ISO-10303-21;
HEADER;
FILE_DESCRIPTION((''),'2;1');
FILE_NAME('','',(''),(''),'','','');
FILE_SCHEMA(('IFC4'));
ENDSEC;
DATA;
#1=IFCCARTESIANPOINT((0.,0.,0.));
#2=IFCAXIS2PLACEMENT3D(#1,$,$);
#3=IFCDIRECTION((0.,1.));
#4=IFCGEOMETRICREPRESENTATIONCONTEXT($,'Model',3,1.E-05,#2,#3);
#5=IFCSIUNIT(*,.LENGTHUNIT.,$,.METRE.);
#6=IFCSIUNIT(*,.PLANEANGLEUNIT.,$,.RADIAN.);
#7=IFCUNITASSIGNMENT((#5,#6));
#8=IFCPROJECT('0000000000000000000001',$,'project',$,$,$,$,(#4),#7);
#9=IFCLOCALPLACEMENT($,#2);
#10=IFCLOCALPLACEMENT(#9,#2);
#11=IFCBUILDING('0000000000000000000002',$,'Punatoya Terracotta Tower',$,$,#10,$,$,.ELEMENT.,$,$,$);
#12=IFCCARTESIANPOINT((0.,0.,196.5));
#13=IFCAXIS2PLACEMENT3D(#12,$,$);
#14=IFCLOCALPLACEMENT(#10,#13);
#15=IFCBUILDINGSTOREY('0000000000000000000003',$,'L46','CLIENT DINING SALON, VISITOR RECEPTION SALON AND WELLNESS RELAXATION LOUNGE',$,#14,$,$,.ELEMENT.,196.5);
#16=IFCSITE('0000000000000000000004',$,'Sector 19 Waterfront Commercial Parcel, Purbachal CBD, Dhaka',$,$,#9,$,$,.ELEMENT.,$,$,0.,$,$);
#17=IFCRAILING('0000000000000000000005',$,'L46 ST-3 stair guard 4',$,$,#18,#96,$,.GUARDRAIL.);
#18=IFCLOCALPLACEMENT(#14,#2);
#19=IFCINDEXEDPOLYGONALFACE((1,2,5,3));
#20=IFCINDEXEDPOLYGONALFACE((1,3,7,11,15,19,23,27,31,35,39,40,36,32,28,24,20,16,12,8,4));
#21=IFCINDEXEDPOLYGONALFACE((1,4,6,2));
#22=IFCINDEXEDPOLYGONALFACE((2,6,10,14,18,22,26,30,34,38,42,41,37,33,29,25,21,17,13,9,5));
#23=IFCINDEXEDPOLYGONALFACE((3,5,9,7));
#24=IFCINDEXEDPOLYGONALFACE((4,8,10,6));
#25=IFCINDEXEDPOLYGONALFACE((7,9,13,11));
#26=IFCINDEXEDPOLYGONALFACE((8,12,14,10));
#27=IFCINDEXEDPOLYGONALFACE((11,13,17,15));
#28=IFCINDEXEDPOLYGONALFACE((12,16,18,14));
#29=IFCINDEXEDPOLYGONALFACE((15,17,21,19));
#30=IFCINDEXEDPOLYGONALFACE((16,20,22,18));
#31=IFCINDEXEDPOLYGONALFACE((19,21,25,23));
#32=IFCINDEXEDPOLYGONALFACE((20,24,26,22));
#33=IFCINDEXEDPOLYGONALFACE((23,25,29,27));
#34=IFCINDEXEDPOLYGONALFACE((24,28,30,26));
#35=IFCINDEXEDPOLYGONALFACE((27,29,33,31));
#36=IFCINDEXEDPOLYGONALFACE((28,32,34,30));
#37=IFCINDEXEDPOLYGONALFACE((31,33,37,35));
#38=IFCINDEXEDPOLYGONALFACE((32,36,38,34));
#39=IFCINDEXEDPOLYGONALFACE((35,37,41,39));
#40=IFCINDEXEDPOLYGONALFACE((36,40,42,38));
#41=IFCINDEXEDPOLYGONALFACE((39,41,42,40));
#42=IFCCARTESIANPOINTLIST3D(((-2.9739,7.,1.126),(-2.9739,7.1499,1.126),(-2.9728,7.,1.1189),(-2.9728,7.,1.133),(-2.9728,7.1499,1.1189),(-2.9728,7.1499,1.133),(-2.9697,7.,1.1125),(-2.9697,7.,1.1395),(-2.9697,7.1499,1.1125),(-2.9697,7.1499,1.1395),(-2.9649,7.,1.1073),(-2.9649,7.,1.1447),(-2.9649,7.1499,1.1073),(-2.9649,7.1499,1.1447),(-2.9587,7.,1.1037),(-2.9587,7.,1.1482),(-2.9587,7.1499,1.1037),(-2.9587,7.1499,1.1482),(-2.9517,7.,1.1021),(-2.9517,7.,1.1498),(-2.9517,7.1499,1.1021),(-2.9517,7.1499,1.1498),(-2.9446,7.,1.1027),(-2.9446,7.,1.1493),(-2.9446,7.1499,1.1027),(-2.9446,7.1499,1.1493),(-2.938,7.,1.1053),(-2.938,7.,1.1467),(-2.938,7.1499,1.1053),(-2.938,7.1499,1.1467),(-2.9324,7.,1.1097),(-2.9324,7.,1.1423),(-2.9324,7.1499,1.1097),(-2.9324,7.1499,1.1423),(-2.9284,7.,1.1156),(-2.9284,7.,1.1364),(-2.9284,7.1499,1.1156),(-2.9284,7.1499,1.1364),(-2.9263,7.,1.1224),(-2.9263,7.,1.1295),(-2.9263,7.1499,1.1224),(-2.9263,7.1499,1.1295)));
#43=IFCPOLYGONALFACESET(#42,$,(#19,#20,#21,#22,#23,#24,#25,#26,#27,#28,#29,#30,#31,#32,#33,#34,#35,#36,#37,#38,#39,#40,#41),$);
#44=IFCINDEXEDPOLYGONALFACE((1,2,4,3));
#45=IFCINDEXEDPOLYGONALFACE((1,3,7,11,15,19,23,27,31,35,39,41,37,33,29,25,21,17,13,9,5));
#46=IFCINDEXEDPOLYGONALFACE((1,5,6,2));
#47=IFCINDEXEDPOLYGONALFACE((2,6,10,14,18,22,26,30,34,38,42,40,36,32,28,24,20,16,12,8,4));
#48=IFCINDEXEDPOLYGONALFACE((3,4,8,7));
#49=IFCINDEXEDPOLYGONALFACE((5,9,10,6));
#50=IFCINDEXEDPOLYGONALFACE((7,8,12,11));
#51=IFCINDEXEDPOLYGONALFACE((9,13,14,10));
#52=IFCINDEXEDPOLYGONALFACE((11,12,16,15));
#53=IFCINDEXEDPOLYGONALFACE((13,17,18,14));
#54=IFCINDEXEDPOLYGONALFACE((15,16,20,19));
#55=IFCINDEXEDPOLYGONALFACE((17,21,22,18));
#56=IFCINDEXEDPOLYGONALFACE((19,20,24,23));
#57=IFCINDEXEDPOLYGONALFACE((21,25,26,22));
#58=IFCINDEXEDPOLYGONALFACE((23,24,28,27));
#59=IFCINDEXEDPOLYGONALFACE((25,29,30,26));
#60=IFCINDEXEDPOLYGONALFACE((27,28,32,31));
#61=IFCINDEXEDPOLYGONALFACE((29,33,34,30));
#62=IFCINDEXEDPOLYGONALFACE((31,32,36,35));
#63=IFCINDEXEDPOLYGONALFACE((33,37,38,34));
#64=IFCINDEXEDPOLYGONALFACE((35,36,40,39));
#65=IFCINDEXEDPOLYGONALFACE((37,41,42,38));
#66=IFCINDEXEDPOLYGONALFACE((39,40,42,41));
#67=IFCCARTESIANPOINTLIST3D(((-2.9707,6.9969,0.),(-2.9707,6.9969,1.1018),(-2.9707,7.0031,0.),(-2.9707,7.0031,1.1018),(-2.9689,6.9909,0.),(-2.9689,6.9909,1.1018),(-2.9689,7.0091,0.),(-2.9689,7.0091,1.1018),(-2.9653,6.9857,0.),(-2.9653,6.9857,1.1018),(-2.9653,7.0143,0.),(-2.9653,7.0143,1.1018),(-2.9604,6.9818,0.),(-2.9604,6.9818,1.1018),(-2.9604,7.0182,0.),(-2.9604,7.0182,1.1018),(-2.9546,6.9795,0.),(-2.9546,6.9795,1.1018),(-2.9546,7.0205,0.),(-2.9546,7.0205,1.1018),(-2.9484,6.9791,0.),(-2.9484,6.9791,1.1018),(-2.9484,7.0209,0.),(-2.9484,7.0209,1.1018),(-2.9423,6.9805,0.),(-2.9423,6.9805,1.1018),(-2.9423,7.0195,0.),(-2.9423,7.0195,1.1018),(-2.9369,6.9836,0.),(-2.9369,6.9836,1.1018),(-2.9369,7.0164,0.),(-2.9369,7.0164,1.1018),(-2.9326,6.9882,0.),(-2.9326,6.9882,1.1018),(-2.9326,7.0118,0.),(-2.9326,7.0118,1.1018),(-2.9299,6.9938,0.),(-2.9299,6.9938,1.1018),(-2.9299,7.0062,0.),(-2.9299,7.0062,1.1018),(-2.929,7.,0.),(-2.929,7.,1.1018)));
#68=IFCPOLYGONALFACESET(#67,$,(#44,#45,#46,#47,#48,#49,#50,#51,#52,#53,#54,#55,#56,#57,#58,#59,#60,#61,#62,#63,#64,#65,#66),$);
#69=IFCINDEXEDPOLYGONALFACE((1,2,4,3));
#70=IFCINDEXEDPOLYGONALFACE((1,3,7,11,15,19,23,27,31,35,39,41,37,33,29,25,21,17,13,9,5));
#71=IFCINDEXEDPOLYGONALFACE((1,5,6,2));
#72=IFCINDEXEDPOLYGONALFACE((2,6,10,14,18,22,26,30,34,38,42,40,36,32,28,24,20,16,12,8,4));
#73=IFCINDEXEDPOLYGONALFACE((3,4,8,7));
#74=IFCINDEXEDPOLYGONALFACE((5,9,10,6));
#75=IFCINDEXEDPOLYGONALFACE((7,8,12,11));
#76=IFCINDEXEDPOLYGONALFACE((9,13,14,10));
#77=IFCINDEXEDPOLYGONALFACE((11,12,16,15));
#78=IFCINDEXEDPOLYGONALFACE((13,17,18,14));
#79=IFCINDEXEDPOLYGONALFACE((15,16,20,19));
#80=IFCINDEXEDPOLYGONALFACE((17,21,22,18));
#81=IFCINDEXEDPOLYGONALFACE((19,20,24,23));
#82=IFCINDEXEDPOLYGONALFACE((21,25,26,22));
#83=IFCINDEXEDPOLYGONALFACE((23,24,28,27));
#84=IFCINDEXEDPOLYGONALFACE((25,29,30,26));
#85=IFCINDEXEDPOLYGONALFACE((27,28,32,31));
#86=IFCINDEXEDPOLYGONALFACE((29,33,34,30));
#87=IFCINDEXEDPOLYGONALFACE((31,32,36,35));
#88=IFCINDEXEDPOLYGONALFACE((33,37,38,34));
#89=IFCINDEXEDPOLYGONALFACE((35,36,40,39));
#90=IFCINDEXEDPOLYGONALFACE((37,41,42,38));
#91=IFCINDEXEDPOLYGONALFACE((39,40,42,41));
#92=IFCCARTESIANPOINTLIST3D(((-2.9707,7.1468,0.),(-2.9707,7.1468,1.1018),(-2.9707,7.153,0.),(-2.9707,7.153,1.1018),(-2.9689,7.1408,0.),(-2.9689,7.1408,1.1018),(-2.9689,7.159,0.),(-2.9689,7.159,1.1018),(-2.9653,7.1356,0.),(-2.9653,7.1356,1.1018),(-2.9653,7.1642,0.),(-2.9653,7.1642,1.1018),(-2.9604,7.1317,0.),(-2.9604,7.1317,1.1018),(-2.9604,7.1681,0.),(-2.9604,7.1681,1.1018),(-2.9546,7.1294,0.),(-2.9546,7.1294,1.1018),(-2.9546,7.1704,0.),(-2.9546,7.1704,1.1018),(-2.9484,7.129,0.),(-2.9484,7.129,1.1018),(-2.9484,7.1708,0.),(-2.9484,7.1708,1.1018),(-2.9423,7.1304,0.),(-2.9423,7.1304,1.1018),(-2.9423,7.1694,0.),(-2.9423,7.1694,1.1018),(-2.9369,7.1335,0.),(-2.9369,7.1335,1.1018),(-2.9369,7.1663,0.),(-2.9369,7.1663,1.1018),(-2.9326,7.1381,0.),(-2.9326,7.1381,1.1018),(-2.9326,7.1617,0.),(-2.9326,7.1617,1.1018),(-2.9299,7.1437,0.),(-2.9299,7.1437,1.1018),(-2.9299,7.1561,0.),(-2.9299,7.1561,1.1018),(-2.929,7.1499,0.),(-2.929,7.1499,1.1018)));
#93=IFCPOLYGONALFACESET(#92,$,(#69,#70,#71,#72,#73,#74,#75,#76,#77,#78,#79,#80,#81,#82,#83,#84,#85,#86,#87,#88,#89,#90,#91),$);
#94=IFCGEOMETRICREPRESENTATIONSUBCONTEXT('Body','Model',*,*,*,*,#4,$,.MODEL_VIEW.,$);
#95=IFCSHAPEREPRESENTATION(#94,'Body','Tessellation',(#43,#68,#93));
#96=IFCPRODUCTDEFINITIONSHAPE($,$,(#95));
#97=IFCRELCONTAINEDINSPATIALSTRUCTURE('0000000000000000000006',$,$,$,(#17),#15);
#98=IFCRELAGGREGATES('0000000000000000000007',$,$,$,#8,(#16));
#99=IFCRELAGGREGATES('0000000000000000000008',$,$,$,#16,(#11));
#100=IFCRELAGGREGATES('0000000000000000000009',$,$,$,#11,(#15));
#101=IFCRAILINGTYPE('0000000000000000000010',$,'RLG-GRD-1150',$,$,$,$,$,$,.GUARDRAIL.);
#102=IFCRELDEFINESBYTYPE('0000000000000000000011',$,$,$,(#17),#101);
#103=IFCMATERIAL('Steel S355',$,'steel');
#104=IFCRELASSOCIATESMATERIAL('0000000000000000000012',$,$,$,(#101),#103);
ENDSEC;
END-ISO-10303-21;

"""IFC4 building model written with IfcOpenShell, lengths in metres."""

from ifc_helpers import new_model, si_unit, direction, frame, origin, origin_2d, place, context, subcontext, project, spatial, circle, extrude, material, type_object, element, save


model = new_model("IFC4")

# Units and contexts
model_context = context("Model", 3, precision=1e-05, world=origin(), true_north=direction((0.0, 1.0)))
body_context = subcontext(model_context, "Body", "Model", "MODEL_VIEW")
ifc_project = project(units=[si_unit("LENGTHUNIT", "METRE"), si_unit("PLANEANGLEUNIT", "RADIAN")], contexts=[model_context])

# Site, building, storey
site_placement = place(None, origin())
site = spatial("IfcSite", under=ifc_project, at=site_placement, Name="Sector 19 Waterfront Commercial Parcel, Purbachal CBD, Dhaka", CompositionType="ELEMENT", RefElevation=0.0)
building_placement = place(site_placement, origin())
building = spatial("IfcBuilding", under=site, at=building_placement, Name="Punatoya Terracotta Tower", CompositionType="ELEMENT")
storey_placement = place(building_placement, frame((0.0, 0.0, 196.5)))
storey = spatial("IfcBuildingStorey", under=building, at=storey_placement, Name="L46", Description="CLIENT DINING SALON, VISITOR RECEPTION SALON AND WELLNESS RELAXATION LOUNGE", CompositionType="ELEMENT", Elevation=196.5)

# Railing
ifc_material_1 = material(Name="Steel S355", Category="steel")
railing_type_1 = type_object("IfcRailingType", Name="RLG-GRD-1150", PredefinedType="GUARDRAIL", material=ifc_material_1)
railing_1_placement = place(storey_placement, frame((-2.95, 7.0, 0.0)))
element("IfcRailing", 1, at=railing_1_placement, inside=storey, type_object=railing_type_1, Name="L46 ST-3 stair guard 4", PredefinedType="GUARDRAIL", context=body_context, shape_type="SweptSolid", body=[
    extrude(circle(Radius=0.0239, at=origin_2d()), frame((0.0, 0.0, 1.126), z_axis=(0.0, 1.0, 0.0), x_axis=(-1.0, 0.0, 0.0)), (0.0, 0.0, 1.0), 0.1499),
    extrude(circle(Radius=0.021, at=origin_2d()), origin(), (0.0, 0.0, 1.0), 1.1018),
    extrude(circle(Radius=0.021, at=origin_2d()), frame((0.0, 0.1499, 0.0)), (0.0, 0.0, 1.0), 1.1018),
])

save(model, "model.ifc")
